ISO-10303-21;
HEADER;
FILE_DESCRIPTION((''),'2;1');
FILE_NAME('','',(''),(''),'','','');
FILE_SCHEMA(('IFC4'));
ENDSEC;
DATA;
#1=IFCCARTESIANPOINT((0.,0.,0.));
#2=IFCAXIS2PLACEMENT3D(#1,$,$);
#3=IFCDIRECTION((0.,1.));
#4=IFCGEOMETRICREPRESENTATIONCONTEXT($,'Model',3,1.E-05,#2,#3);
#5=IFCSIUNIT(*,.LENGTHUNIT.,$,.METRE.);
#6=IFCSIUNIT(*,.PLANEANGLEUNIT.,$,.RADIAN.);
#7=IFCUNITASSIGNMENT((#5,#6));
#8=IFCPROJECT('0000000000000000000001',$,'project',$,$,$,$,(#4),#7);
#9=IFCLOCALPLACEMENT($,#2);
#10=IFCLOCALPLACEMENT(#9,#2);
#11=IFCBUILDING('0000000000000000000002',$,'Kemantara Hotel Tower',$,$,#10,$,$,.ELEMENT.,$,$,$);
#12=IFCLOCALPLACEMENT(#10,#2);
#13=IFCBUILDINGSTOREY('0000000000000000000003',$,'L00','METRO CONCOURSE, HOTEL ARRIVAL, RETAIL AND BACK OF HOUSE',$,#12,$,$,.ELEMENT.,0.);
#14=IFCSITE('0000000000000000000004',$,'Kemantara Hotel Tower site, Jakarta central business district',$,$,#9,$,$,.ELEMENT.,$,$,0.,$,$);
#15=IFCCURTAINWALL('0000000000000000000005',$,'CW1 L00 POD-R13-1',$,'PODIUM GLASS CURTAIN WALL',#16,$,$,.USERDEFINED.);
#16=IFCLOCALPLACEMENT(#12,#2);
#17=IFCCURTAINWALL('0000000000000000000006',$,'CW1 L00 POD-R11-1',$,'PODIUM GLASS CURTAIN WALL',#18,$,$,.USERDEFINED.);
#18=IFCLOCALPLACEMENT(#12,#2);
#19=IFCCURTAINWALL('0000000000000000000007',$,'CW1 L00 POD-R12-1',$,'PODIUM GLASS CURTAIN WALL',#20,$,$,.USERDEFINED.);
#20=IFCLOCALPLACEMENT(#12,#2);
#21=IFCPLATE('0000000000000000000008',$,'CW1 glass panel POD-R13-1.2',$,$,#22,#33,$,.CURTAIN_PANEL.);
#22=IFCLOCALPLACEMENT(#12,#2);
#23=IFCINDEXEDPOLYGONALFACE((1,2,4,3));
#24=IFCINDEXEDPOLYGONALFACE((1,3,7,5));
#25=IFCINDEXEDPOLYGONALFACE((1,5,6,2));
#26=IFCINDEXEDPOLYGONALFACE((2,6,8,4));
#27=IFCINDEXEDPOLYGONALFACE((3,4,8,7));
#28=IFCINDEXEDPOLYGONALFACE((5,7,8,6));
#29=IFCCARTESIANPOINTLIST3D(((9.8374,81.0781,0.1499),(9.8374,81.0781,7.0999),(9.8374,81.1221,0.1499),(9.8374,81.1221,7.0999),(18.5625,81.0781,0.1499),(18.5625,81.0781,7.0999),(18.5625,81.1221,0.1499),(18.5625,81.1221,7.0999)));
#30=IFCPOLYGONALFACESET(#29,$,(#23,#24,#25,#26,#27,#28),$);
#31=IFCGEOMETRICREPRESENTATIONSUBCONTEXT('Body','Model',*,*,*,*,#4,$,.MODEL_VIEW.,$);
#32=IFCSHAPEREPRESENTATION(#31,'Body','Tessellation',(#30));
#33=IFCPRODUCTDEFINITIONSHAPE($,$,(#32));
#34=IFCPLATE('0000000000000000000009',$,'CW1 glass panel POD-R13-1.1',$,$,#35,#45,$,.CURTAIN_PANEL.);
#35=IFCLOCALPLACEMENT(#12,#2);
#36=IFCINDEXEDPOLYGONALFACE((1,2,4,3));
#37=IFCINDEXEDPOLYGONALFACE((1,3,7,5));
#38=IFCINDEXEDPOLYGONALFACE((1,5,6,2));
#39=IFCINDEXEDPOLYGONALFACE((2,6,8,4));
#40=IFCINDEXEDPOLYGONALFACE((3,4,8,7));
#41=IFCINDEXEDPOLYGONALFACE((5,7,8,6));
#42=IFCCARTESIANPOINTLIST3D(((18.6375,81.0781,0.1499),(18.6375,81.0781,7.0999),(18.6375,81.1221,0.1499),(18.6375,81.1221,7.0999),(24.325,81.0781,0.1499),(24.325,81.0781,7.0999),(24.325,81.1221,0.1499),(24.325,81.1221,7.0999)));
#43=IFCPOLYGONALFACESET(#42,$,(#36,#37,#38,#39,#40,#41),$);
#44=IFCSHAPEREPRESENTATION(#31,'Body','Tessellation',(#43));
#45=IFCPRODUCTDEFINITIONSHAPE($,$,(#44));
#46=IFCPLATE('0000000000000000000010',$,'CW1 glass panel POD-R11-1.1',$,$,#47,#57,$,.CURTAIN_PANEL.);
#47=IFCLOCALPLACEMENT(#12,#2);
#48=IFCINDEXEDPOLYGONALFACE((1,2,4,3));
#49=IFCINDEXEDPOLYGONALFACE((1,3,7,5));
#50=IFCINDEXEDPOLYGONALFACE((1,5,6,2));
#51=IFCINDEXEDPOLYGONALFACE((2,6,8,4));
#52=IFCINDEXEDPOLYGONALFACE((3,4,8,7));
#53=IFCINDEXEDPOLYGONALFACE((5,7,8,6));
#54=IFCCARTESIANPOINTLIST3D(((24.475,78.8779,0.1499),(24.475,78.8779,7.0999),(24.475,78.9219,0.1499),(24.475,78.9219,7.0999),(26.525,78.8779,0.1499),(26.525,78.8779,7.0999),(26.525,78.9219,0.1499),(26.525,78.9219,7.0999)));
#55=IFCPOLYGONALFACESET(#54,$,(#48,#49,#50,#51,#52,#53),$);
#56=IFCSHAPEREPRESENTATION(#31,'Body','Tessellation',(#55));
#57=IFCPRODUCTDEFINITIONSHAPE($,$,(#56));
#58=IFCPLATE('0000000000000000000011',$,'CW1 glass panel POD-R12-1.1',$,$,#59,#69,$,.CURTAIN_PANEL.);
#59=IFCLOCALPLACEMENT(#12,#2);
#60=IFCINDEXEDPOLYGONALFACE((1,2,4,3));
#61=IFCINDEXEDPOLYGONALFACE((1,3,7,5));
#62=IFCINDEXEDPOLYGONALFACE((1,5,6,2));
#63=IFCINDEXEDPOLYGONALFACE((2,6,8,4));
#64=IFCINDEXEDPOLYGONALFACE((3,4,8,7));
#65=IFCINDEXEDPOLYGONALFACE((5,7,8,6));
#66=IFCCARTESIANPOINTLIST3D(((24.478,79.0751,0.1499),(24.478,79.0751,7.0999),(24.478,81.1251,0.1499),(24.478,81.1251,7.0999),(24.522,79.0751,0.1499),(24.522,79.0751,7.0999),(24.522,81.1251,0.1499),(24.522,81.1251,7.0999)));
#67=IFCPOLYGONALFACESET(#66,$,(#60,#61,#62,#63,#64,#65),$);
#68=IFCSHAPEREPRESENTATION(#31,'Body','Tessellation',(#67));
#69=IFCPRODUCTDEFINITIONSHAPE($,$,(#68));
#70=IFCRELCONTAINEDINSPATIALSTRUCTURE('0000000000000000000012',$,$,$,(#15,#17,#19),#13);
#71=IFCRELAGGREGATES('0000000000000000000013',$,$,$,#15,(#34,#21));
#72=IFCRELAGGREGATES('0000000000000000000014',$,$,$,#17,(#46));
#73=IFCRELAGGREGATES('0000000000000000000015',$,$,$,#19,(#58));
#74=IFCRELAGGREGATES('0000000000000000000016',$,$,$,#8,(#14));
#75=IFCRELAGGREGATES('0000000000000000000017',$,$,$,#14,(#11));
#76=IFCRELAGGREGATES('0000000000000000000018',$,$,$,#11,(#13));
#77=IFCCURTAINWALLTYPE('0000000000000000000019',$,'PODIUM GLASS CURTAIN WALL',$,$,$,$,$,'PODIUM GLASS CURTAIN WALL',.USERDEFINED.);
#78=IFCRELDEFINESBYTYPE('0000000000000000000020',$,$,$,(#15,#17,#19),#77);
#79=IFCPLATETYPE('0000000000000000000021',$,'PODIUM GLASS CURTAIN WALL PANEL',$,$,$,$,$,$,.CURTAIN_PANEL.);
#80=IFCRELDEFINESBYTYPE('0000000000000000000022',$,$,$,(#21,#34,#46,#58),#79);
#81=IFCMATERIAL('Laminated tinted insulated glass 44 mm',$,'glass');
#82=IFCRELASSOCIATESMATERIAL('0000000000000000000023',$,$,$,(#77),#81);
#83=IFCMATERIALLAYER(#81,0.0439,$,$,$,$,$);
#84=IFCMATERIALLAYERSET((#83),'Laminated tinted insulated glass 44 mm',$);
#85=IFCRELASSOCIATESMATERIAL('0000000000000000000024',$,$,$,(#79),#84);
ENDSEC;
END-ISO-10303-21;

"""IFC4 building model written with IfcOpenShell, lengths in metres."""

from ifc_helpers import new_model, si_unit, direction, frame, origin, origin_2d, place, context, subcontext, project, spatial, rectangle, extrude, source, transform, mapped, material, layer, layer_set, type_object, element, aggregate, save


model = new_model("IFC4")

# Units and contexts
model_context = context("Model", 3, precision=1e-05, world=origin(), true_north=direction((0.0, 1.0)))
body_context = subcontext(model_context, "Body", "Model", "MODEL_VIEW")
ifc_project = project(units=[si_unit("LENGTHUNIT", "METRE"), si_unit("PLANEANGLEUNIT", "RADIAN")], contexts=[model_context])

# Site, building, storey
site_placement = place(None, origin())
site = spatial("IfcSite", under=ifc_project, at=site_placement, Name="Kemantara Hotel Tower site, Jakarta central business district", CompositionType="ELEMENT", RefElevation=0.0)
building_placement = place(site_placement, origin())
building = spatial("IfcBuilding", under=site, at=building_placement, Name="Kemantara Hotel Tower", CompositionType="ELEMENT")
storey_placement = place(building_placement, origin())
storey = spatial("IfcBuildingStorey", under=building, at=storey_placement, Name="L00", Description="METRO CONCOURSE, HOTEL ARRIVAL, RETAIL AND BACK OF HOUSE", CompositionType="ELEMENT", Elevation=0.0)

# Curtain walls
ifc_material_1 = material(Name="Laminated tinted insulated glass 44 mm", Category="glass")
curtain_wall_type = type_object("IfcCurtainWallType", Name="PODIUM GLASS CURTAIN WALL", ElementType="PODIUM GLASS CURTAIN WALL", PredefinedType="USERDEFINED", material=ifc_material_1)
curtain_wall_1_placement = place(storey_placement, origin())
curtain_wall_1 = element("IfcCurtainWall", 1, at=curtain_wall_1_placement, inside=storey, type_object=curtain_wall_type, Name="CW1 L00 POD-R13-1", ObjectType="PODIUM GLASS CURTAIN WALL", PredefinedType="USERDEFINED")
curtain_wall_2_placement = place(storey_placement, origin())
curtain_wall_2 = element("IfcCurtainWall", 2, at=curtain_wall_2_placement, inside=storey, type_object=curtain_wall_type, Name="CW1 L00 POD-R11-1", ObjectType="PODIUM GLASS CURTAIN WALL", PredefinedType="USERDEFINED")
curtain_wall_3_placement = place(storey_placement, origin())
curtain_wall_3 = element("IfcCurtainWall", 3, at=curtain_wall_3_placement, inside=storey, type_object=curtain_wall_type, Name="CW1 L00 POD-R12-1", ObjectType="PODIUM GLASS CURTAIN WALL", PredefinedType="USERDEFINED")

# Plates
ifc_layer = layer(ifc_material_1, 0.0439)
ifc_layer_set = layer_set([ifc_layer], Name="Laminated tinted insulated glass 44 mm")
plate_type = type_object("IfcPlateType", Name="PODIUM GLASS CURTAIN WALL PANEL", PredefinedType="CURTAIN_PANEL", material=ifc_layer_set)
shared_shape_1 = source(origin(), body_context, "Body", "SweptSolid", [
    extrude(rectangle(XDim=8.7251, YDim=0.0439, at=origin_2d()), origin(), (0.0, 0.0, 1.0), 6.95),
])
plate_1_placement = place(storey_placement, frame((14.2, 81.1001, 0.1499), z_axis=(0.0, 0.0, 1.0), x_axis=(-1.0, 0.0, 0.0)))
plate_1 = element("IfcPlate", 4, at=plate_1_placement, type_object=plate_type, Name="CW1 glass panel POD-R13-1.2", PredefinedType="CURTAIN_PANEL", context=body_context, shape_type="MappedRepresentation", body=[
    mapped(shared_shape_1, transform((0.0, 0.0, 0.0))),
])
shared_shape_2 = source(origin(), body_context, "Body", "SweptSolid", [
    extrude(rectangle(XDim=5.6875, YDim=0.0439, at=origin_2d()), origin(), (0.0, 0.0, 1.0), 6.95),
])
plate_2_placement = place(storey_placement, frame((21.4812, 81.1001, 0.1499), z_axis=(0.0, 0.0, 1.0), x_axis=(-1.0, 0.0, 0.0)))
plate_2 = element("IfcPlate", 5, at=plate_2_placement, type_object=plate_type, Name="CW1 glass panel POD-R13-1.1", PredefinedType="CURTAIN_PANEL", context=body_context, shape_type="MappedRepresentation", body=[
    mapped(shared_shape_2, transform((0.0, 0.0, 0.0))),
])
aggregate(curtain_wall_1, [plate_2, plate_1])
shared_shape_3 = source(origin(), body_context, "Body", "SweptSolid", [
    extrude(rectangle(XDim=2.05, YDim=0.0439, at=origin_2d()), origin(), (0.0, 0.0, 1.0), 6.95),
])
plate_3_placement = place(storey_placement, frame((25.5, 78.8999, 0.1499), z_axis=(0.0, 0.0, 1.0), x_axis=(-1.0, 0.0, 0.0)))
plate_3 = element("IfcPlate", 6, at=plate_3_placement, type_object=plate_type, Name="CW1 glass panel POD-R11-1.1", PredefinedType="CURTAIN_PANEL", context=body_context, shape_type="MappedRepresentation", body=[
    mapped(shared_shape_3, transform((0.0, 0.0, 0.0))),
])
aggregate(curtain_wall_2, [plate_3])
plate_4_placement = place(storey_placement, frame((24.5, 80.1001, 0.1499), z_axis=(0.0, 0.0, 1.0), x_axis=(0.0, 1.0, 0.0)))
plate_4 = element("IfcPlate", 7, at=plate_4_placement, type_object=plate_type, Name="CW1 glass panel POD-R12-1.1", PredefinedType="CURTAIN_PANEL", context=body_context, shape_type="MappedRepresentation", body=[
    mapped(shared_shape_3, transform((0.0, 0.0, 0.0))),
])
aggregate(curtain_wall_3, [plate_4])

save(model, "model.ifc")
